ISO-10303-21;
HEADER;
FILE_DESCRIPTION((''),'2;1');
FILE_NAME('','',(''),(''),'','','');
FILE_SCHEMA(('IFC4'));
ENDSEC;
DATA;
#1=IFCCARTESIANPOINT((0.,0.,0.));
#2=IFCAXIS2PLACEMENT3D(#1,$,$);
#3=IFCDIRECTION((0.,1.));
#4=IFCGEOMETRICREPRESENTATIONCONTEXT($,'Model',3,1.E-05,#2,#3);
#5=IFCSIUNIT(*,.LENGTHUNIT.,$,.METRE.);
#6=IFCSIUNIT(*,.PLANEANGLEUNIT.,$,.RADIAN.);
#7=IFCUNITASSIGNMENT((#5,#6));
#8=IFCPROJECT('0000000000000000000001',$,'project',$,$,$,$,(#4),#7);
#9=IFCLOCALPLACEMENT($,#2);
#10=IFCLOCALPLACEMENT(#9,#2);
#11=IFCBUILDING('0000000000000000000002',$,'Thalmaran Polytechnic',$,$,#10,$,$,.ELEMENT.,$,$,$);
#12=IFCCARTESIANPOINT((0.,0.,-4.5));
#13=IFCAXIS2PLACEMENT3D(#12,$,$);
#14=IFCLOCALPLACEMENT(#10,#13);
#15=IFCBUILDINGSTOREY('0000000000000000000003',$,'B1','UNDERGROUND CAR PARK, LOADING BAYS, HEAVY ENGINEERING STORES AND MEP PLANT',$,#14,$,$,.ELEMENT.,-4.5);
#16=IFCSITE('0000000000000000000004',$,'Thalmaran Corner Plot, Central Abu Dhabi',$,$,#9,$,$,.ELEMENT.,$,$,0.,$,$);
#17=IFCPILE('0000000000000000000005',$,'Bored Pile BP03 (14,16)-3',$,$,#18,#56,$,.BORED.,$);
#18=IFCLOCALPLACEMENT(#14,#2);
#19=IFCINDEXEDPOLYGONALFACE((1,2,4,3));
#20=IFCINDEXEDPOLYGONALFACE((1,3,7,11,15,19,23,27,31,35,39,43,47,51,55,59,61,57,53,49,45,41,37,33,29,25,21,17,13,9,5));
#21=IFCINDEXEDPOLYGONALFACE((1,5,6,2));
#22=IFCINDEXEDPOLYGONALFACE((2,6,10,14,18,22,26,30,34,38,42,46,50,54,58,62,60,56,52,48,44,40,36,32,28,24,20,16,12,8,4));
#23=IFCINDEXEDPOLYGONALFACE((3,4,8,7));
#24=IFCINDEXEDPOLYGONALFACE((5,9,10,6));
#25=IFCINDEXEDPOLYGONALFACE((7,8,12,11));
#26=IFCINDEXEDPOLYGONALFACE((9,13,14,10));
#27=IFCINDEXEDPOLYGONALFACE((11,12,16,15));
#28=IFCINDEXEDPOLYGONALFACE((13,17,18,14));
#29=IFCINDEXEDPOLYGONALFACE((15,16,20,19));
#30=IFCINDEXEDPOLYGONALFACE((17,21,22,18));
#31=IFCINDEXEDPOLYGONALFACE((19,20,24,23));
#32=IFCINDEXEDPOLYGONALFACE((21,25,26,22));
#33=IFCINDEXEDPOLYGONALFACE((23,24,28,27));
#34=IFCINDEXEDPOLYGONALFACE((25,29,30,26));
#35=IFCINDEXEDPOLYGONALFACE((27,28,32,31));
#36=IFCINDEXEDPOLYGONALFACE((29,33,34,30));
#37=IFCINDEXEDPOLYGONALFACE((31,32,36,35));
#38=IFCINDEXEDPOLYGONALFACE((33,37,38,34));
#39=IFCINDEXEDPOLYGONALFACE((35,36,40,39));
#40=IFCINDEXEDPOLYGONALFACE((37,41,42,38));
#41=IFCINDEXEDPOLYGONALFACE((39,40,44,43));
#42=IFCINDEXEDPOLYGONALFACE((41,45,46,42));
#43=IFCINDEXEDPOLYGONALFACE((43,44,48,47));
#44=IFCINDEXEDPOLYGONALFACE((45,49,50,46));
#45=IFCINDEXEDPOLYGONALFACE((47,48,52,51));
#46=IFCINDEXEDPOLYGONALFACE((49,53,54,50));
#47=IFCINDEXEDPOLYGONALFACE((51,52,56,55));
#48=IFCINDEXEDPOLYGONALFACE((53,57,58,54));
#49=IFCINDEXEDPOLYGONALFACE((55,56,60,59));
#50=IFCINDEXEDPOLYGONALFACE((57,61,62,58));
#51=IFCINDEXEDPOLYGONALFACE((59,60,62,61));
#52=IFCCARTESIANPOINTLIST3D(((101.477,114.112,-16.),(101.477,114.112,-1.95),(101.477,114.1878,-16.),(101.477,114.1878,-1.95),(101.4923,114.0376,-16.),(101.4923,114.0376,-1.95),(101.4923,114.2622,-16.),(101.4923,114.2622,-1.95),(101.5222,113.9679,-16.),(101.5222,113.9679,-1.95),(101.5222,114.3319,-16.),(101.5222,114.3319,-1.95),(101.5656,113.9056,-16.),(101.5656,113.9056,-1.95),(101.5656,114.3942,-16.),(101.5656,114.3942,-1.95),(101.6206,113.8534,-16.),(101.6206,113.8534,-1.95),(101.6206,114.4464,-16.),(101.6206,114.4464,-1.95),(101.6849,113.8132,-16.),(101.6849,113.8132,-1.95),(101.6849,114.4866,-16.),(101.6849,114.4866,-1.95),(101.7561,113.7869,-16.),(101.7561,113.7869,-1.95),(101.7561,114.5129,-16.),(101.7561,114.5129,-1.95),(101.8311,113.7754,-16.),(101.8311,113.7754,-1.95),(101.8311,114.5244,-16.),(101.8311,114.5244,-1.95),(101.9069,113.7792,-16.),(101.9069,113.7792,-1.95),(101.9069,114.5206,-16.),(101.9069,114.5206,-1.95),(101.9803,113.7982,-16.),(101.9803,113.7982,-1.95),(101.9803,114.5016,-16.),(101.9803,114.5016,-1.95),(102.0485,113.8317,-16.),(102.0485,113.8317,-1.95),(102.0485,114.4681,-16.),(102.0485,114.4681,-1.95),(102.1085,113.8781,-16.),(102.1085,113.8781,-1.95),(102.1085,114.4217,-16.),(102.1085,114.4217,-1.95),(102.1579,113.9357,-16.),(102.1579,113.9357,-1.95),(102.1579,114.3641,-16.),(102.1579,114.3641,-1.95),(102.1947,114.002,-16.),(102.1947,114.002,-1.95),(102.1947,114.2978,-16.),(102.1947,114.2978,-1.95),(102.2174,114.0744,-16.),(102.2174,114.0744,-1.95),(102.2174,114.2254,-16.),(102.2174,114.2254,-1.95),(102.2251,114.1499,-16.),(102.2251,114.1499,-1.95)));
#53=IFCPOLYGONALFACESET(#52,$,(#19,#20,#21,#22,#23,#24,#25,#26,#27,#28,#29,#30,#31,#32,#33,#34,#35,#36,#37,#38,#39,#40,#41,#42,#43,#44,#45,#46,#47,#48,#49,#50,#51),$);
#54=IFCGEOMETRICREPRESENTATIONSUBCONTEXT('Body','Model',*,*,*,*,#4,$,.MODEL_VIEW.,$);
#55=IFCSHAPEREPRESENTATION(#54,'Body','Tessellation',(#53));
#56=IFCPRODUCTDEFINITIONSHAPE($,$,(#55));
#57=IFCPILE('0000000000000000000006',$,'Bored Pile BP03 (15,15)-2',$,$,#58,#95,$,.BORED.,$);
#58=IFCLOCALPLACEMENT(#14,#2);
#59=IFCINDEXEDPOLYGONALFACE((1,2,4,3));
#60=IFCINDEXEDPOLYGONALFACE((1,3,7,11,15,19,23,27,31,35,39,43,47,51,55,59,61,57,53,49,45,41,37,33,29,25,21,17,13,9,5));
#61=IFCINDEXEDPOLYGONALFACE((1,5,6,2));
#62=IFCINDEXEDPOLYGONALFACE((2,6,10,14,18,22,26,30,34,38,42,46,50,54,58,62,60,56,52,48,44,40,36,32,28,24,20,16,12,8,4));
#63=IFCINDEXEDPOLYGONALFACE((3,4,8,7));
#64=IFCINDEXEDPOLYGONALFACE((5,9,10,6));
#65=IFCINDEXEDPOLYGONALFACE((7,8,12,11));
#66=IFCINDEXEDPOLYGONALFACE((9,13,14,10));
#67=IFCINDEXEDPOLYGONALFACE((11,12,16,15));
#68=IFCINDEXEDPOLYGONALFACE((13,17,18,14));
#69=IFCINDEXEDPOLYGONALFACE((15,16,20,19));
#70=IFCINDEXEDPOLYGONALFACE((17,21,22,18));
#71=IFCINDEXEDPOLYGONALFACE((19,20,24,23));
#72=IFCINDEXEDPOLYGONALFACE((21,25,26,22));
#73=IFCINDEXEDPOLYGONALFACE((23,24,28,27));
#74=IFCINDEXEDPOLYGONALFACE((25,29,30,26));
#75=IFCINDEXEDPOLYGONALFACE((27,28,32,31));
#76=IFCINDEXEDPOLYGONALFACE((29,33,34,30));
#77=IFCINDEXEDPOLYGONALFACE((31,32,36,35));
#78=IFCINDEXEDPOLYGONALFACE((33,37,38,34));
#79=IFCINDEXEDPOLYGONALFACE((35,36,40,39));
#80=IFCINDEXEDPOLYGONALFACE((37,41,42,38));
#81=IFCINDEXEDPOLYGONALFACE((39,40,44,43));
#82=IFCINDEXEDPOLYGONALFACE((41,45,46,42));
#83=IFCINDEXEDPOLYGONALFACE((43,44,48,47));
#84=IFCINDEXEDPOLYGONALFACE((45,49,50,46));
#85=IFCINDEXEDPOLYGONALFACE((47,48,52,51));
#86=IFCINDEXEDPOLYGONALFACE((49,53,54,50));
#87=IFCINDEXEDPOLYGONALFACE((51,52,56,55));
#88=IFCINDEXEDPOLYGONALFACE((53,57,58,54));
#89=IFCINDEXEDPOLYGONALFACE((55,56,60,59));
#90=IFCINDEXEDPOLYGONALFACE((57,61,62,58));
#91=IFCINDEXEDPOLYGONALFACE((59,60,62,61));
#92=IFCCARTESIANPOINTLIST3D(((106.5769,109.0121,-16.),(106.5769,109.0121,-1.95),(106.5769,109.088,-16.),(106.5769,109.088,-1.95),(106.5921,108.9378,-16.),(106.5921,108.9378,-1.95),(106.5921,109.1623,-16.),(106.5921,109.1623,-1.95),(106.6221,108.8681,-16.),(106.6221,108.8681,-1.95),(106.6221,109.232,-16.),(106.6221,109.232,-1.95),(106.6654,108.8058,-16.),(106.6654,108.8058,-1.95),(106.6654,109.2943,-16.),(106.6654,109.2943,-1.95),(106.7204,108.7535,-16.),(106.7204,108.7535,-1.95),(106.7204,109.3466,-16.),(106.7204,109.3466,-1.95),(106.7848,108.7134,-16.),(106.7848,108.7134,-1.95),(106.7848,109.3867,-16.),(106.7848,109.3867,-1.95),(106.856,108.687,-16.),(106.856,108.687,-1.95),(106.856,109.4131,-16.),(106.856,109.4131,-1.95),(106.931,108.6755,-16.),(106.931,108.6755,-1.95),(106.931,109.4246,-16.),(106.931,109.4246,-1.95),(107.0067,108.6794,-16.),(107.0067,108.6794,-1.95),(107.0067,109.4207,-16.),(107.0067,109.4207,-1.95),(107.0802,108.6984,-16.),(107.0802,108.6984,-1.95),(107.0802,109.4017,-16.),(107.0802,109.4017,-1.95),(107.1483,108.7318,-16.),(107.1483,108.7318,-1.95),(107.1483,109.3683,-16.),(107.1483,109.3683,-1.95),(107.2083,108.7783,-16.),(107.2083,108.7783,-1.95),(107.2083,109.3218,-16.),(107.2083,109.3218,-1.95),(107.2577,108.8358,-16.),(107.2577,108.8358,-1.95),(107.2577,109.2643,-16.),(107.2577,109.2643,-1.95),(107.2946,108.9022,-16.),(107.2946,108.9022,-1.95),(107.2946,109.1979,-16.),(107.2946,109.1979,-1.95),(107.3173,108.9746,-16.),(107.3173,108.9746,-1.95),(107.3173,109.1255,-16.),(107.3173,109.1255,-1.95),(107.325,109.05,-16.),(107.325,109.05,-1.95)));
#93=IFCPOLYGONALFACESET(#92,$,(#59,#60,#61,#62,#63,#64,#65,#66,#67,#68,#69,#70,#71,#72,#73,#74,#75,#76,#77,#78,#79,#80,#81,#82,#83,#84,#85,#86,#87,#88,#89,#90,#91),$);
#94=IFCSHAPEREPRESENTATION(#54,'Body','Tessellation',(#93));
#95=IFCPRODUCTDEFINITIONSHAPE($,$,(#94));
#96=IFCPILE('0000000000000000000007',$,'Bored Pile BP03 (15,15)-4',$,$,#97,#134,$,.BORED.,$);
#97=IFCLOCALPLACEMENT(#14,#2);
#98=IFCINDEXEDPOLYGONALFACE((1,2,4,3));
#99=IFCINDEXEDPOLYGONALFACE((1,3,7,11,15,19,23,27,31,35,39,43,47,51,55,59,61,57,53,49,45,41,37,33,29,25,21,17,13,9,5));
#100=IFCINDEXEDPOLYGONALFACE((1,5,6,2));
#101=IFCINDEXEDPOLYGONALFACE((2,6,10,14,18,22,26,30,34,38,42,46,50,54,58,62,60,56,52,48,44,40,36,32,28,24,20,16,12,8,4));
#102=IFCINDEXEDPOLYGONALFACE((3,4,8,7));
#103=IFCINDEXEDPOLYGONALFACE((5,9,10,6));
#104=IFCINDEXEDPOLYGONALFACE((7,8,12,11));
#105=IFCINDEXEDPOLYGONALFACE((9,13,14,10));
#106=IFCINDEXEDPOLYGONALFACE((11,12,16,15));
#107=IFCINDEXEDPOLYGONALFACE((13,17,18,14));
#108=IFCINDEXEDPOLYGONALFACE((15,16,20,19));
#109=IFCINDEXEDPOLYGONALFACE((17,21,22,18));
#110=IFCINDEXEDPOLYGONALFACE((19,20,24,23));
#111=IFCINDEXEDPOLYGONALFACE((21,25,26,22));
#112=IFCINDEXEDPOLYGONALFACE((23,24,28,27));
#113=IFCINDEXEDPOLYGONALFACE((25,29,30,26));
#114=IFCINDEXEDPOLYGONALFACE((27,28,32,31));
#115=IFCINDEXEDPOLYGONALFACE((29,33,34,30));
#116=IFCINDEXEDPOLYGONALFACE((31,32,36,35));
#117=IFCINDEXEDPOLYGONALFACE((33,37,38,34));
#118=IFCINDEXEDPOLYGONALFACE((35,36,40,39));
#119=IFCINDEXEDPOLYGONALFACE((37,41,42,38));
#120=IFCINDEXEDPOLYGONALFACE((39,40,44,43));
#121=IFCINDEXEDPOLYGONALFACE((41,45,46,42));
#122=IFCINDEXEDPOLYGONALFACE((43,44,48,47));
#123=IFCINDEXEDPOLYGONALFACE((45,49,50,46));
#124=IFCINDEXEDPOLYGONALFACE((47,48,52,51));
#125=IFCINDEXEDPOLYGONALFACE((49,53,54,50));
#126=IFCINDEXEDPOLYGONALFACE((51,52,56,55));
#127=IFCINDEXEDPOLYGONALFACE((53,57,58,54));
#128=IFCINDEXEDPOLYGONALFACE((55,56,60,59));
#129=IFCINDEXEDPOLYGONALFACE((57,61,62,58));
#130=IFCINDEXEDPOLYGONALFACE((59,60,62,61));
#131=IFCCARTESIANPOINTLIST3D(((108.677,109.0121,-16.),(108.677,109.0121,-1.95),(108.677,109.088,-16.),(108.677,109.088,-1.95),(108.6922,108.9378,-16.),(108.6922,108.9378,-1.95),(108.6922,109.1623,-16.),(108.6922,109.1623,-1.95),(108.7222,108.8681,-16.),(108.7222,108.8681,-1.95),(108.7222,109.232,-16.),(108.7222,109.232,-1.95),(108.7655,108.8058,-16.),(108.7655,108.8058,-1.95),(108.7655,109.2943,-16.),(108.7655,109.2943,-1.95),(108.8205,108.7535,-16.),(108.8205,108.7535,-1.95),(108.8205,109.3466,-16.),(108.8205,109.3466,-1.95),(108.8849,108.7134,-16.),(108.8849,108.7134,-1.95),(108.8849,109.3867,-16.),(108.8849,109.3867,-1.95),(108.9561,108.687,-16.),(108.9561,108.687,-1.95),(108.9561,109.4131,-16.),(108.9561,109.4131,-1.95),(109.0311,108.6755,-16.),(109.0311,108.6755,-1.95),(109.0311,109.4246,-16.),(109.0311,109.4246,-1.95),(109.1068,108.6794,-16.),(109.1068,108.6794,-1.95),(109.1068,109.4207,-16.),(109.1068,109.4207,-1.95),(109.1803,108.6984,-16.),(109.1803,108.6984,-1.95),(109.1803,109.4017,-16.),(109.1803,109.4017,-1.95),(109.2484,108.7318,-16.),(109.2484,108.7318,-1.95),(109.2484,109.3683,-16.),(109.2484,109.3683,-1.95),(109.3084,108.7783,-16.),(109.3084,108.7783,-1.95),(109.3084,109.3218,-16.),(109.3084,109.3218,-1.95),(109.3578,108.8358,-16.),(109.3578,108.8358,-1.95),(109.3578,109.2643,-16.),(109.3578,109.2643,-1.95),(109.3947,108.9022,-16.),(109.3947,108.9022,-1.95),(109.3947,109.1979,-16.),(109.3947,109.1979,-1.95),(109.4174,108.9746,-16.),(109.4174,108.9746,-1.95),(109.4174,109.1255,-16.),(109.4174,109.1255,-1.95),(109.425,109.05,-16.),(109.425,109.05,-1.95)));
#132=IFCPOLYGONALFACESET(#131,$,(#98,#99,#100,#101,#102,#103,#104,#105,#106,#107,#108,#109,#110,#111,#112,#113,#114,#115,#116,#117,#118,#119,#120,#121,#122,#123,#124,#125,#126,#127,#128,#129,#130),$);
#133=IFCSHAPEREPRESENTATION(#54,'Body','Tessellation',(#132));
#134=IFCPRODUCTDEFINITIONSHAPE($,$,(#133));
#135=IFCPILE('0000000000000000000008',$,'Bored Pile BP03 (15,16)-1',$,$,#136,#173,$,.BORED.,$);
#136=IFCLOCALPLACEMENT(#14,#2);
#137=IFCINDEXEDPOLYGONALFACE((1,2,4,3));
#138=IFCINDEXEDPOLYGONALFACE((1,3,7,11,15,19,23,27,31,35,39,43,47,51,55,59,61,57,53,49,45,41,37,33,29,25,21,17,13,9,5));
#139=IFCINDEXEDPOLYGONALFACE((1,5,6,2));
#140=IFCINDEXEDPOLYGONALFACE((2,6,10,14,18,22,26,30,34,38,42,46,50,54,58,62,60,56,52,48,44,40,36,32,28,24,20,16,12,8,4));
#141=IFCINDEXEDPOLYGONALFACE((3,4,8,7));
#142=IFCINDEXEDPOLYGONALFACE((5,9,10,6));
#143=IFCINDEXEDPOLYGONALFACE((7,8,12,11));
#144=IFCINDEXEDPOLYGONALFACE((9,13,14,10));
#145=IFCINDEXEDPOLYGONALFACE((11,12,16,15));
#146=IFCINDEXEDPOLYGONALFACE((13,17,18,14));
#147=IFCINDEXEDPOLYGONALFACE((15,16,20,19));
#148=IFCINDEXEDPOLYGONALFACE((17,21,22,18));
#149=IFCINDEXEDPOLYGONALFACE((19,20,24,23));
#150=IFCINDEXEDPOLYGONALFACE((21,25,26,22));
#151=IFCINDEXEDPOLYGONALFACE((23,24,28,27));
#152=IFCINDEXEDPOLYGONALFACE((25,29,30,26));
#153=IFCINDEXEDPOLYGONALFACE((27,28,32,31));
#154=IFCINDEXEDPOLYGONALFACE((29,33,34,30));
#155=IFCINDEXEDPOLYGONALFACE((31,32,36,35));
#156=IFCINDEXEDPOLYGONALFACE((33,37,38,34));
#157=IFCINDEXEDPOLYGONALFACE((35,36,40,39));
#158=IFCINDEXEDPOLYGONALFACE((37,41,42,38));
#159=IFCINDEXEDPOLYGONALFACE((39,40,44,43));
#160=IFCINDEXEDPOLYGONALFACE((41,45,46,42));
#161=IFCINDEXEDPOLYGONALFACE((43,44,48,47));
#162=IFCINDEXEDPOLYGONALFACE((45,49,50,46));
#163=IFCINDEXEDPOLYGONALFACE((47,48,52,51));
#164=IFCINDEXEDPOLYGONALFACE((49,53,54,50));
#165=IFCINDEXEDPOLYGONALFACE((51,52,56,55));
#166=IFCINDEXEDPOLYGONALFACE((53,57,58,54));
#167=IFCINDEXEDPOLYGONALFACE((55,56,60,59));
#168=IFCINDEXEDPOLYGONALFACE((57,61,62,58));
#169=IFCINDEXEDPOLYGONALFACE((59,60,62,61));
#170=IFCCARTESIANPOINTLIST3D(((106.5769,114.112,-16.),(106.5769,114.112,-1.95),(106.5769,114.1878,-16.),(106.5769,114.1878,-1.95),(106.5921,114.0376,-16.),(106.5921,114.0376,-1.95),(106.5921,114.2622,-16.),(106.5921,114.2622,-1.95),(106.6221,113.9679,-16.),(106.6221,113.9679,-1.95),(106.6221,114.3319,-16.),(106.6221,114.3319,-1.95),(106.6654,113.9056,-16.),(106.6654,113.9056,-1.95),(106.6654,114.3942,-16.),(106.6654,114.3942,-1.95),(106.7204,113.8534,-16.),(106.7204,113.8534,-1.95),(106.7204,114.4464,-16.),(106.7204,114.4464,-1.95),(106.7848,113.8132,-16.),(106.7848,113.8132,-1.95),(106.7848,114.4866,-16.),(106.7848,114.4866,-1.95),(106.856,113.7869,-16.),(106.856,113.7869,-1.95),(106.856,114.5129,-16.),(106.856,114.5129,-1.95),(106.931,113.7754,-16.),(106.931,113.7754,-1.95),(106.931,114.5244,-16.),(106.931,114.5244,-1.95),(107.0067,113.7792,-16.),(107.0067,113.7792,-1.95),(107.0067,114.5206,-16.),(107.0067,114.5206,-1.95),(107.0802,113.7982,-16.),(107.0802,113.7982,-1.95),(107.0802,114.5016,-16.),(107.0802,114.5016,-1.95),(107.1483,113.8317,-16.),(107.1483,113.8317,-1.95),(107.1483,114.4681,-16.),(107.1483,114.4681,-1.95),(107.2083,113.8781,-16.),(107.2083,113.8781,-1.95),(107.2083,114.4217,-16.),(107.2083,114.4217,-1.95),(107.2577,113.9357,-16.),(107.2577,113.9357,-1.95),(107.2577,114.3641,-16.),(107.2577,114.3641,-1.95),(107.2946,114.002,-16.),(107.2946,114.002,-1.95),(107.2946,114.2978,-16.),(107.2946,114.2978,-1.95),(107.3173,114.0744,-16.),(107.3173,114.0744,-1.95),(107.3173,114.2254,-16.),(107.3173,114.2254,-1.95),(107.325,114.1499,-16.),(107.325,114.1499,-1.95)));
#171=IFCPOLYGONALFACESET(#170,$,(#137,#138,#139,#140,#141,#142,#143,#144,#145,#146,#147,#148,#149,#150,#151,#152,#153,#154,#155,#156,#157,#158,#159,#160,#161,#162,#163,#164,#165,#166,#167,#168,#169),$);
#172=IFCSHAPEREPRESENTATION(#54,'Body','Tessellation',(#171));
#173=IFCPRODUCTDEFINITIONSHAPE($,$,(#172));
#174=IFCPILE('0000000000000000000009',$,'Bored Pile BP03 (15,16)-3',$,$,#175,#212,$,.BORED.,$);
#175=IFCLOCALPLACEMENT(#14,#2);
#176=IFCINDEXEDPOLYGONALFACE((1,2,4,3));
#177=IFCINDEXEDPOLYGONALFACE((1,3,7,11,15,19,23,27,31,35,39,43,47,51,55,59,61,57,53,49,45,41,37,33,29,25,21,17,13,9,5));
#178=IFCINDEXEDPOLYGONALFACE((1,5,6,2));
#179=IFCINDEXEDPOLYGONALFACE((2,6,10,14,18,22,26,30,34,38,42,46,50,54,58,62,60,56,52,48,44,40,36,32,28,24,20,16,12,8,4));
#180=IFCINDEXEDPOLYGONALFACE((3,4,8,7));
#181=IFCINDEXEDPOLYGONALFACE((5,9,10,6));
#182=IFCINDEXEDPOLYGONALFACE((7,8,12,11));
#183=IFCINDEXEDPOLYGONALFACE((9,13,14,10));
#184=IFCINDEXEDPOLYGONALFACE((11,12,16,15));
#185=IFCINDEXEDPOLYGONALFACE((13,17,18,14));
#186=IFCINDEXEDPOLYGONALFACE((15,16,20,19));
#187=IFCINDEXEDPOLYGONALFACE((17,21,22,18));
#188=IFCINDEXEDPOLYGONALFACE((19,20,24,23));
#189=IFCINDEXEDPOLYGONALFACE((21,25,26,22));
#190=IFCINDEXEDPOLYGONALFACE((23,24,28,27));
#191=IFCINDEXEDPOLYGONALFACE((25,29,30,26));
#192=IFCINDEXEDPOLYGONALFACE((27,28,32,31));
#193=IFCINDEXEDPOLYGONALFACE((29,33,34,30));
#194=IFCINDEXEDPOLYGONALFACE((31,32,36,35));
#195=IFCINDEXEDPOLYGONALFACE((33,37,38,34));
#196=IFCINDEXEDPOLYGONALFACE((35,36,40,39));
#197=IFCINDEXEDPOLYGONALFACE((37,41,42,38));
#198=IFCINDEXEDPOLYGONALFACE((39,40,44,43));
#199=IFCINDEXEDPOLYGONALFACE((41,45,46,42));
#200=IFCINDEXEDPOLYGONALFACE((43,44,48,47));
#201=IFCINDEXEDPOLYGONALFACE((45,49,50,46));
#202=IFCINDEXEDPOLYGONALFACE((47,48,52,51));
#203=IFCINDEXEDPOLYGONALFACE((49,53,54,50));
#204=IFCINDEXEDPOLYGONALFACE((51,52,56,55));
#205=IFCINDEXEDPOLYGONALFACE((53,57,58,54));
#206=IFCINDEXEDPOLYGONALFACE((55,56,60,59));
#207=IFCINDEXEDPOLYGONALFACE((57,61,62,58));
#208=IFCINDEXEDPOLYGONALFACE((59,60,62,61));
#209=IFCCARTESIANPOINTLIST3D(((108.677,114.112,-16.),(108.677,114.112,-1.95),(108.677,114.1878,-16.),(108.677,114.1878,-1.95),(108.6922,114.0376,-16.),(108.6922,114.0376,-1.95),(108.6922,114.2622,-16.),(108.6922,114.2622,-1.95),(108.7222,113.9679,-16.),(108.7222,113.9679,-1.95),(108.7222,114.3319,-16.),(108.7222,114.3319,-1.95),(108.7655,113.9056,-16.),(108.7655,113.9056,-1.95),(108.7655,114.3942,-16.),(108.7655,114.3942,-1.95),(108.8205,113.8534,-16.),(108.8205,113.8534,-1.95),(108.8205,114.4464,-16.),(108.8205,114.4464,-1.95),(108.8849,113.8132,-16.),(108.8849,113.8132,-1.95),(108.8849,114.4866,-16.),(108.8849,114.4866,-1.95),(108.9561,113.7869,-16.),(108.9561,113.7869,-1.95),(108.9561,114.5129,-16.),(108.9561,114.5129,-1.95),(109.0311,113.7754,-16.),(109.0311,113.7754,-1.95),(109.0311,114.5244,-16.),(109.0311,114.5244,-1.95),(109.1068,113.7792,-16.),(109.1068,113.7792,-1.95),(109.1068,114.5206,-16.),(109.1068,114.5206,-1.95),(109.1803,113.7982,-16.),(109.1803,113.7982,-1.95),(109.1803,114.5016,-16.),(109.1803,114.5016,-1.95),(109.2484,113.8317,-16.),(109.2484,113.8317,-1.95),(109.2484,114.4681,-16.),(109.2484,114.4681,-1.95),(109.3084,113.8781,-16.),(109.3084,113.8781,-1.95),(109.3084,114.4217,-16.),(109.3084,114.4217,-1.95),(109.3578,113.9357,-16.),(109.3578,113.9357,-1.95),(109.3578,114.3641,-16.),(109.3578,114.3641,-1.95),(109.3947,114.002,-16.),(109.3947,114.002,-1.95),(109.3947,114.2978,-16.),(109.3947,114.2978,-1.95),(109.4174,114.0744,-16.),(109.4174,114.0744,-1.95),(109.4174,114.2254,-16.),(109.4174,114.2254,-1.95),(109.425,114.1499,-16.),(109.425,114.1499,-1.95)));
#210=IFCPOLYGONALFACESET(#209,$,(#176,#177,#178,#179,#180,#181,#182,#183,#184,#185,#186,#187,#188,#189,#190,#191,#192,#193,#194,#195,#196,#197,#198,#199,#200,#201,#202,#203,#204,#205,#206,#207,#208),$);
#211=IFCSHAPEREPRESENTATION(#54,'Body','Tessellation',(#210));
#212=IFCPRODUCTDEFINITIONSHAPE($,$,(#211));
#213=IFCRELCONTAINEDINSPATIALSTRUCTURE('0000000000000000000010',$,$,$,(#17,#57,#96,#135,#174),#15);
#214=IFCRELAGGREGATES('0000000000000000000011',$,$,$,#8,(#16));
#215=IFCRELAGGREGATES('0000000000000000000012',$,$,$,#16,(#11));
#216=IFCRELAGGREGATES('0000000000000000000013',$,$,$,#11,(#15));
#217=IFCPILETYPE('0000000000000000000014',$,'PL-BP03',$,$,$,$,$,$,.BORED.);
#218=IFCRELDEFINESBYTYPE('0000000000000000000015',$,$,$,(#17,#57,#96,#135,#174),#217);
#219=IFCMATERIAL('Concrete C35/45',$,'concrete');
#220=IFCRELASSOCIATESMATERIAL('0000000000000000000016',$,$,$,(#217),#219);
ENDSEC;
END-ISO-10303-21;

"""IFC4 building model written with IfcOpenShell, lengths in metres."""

from ifc_helpers import new_model, si_unit, direction, frame, origin, origin_2d, place, context, subcontext, project, spatial, circle, extrude, material, material_profile, profile_set, type_object, element, save


model = new_model("IFC4")

# Units and contexts
model_context = context("Model", 3, precision=1e-05, world=origin(), true_north=direction((0.0, 1.0)))
body_context = subcontext(model_context, "Body", "Model", "MODEL_VIEW")
ifc_project = project(units=[si_unit("LENGTHUNIT", "METRE"), si_unit("PLANEANGLEUNIT", "RADIAN")], contexts=[model_context])

# Site, building, storey
site_placement = place(None, origin())
site = spatial("IfcSite", under=ifc_project, at=site_placement, Name="Thalmaran Corner Plot, Central Abu Dhabi", CompositionType="ELEMENT", RefElevation=0.0)
building_placement = place(site_placement, origin())
building = spatial("IfcBuilding", under=site, at=building_placement, Name="Thalmaran Polytechnic", CompositionType="ELEMENT")
storey_placement = place(building_placement, frame((0.0, 0.0, -4.5)))
storey = spatial("IfcBuildingStorey", under=building, at=storey_placement, Name="B1", Description="UNDERGROUND CAR PARK, LOADING BAYS, HEAVY ENGINEERING STORES AND MEP PLANT", CompositionType="ELEMENT", Elevation=-4.5)

# Piles
ifc_material_1 = material(Name="Concrete C35/45", Category="concrete")
ifc_material_profile_1 = material_profile(ifc_material_1, circle(Radius=0.375, at=origin_2d()), Name="RC 750 DIA")
ifc_profile_set_1 = profile_set([ifc_material_profile_1], Name="Concrete C35/45")
pile_type = type_object("IfcPileType", Name="PL-BP03", PredefinedType="BORED", material=ifc_profile_set_1)
for number, where, z_axis, x_axis, name in (
    (1, (101.8501, 114.1499, -1.95), (0.0, 0.0, -1.0), (1.0, 0.0, 0.0), "Bored Pile BP03 (14,16)-3"),
    (2, (106.95, 109.05, -1.95), (0.0, 0.0, -1.0), (1.0, 0.0, 0.0), "Bored Pile BP03 (15,15)-2"),
    (3, (109.05, 109.05, -1.95), (0.0, 0.0, -1.0), (1.0, 0.0, 0.0), "Bored Pile BP03 (15,15)-4"),
    (4, (106.95, 114.1499, -1.95), (0.0, 0.0, -1.0), (1.0, 0.0, 0.0), "Bored Pile BP03 (15,16)-1"),
    (5, (109.05, 114.1499, -1.95), (0.0, 0.0, -1.0), (1.0, 0.0, 0.0), "Bored Pile BP03 (15,16)-3"),
):
    element("IfcPile", number, at=place(storey_placement, frame(where, z_axis=z_axis, x_axis=x_axis)), inside=storey, type_object=pile_type, Name=name, PredefinedType="BORED", context=body_context, shape_type="SweptSolid", body=[
        extrude(circle(Radius=0.375, at=origin_2d()), origin(), (0.0, 0.0, 1.0), 14.05),
    ])

save(model, "model.ifc")
